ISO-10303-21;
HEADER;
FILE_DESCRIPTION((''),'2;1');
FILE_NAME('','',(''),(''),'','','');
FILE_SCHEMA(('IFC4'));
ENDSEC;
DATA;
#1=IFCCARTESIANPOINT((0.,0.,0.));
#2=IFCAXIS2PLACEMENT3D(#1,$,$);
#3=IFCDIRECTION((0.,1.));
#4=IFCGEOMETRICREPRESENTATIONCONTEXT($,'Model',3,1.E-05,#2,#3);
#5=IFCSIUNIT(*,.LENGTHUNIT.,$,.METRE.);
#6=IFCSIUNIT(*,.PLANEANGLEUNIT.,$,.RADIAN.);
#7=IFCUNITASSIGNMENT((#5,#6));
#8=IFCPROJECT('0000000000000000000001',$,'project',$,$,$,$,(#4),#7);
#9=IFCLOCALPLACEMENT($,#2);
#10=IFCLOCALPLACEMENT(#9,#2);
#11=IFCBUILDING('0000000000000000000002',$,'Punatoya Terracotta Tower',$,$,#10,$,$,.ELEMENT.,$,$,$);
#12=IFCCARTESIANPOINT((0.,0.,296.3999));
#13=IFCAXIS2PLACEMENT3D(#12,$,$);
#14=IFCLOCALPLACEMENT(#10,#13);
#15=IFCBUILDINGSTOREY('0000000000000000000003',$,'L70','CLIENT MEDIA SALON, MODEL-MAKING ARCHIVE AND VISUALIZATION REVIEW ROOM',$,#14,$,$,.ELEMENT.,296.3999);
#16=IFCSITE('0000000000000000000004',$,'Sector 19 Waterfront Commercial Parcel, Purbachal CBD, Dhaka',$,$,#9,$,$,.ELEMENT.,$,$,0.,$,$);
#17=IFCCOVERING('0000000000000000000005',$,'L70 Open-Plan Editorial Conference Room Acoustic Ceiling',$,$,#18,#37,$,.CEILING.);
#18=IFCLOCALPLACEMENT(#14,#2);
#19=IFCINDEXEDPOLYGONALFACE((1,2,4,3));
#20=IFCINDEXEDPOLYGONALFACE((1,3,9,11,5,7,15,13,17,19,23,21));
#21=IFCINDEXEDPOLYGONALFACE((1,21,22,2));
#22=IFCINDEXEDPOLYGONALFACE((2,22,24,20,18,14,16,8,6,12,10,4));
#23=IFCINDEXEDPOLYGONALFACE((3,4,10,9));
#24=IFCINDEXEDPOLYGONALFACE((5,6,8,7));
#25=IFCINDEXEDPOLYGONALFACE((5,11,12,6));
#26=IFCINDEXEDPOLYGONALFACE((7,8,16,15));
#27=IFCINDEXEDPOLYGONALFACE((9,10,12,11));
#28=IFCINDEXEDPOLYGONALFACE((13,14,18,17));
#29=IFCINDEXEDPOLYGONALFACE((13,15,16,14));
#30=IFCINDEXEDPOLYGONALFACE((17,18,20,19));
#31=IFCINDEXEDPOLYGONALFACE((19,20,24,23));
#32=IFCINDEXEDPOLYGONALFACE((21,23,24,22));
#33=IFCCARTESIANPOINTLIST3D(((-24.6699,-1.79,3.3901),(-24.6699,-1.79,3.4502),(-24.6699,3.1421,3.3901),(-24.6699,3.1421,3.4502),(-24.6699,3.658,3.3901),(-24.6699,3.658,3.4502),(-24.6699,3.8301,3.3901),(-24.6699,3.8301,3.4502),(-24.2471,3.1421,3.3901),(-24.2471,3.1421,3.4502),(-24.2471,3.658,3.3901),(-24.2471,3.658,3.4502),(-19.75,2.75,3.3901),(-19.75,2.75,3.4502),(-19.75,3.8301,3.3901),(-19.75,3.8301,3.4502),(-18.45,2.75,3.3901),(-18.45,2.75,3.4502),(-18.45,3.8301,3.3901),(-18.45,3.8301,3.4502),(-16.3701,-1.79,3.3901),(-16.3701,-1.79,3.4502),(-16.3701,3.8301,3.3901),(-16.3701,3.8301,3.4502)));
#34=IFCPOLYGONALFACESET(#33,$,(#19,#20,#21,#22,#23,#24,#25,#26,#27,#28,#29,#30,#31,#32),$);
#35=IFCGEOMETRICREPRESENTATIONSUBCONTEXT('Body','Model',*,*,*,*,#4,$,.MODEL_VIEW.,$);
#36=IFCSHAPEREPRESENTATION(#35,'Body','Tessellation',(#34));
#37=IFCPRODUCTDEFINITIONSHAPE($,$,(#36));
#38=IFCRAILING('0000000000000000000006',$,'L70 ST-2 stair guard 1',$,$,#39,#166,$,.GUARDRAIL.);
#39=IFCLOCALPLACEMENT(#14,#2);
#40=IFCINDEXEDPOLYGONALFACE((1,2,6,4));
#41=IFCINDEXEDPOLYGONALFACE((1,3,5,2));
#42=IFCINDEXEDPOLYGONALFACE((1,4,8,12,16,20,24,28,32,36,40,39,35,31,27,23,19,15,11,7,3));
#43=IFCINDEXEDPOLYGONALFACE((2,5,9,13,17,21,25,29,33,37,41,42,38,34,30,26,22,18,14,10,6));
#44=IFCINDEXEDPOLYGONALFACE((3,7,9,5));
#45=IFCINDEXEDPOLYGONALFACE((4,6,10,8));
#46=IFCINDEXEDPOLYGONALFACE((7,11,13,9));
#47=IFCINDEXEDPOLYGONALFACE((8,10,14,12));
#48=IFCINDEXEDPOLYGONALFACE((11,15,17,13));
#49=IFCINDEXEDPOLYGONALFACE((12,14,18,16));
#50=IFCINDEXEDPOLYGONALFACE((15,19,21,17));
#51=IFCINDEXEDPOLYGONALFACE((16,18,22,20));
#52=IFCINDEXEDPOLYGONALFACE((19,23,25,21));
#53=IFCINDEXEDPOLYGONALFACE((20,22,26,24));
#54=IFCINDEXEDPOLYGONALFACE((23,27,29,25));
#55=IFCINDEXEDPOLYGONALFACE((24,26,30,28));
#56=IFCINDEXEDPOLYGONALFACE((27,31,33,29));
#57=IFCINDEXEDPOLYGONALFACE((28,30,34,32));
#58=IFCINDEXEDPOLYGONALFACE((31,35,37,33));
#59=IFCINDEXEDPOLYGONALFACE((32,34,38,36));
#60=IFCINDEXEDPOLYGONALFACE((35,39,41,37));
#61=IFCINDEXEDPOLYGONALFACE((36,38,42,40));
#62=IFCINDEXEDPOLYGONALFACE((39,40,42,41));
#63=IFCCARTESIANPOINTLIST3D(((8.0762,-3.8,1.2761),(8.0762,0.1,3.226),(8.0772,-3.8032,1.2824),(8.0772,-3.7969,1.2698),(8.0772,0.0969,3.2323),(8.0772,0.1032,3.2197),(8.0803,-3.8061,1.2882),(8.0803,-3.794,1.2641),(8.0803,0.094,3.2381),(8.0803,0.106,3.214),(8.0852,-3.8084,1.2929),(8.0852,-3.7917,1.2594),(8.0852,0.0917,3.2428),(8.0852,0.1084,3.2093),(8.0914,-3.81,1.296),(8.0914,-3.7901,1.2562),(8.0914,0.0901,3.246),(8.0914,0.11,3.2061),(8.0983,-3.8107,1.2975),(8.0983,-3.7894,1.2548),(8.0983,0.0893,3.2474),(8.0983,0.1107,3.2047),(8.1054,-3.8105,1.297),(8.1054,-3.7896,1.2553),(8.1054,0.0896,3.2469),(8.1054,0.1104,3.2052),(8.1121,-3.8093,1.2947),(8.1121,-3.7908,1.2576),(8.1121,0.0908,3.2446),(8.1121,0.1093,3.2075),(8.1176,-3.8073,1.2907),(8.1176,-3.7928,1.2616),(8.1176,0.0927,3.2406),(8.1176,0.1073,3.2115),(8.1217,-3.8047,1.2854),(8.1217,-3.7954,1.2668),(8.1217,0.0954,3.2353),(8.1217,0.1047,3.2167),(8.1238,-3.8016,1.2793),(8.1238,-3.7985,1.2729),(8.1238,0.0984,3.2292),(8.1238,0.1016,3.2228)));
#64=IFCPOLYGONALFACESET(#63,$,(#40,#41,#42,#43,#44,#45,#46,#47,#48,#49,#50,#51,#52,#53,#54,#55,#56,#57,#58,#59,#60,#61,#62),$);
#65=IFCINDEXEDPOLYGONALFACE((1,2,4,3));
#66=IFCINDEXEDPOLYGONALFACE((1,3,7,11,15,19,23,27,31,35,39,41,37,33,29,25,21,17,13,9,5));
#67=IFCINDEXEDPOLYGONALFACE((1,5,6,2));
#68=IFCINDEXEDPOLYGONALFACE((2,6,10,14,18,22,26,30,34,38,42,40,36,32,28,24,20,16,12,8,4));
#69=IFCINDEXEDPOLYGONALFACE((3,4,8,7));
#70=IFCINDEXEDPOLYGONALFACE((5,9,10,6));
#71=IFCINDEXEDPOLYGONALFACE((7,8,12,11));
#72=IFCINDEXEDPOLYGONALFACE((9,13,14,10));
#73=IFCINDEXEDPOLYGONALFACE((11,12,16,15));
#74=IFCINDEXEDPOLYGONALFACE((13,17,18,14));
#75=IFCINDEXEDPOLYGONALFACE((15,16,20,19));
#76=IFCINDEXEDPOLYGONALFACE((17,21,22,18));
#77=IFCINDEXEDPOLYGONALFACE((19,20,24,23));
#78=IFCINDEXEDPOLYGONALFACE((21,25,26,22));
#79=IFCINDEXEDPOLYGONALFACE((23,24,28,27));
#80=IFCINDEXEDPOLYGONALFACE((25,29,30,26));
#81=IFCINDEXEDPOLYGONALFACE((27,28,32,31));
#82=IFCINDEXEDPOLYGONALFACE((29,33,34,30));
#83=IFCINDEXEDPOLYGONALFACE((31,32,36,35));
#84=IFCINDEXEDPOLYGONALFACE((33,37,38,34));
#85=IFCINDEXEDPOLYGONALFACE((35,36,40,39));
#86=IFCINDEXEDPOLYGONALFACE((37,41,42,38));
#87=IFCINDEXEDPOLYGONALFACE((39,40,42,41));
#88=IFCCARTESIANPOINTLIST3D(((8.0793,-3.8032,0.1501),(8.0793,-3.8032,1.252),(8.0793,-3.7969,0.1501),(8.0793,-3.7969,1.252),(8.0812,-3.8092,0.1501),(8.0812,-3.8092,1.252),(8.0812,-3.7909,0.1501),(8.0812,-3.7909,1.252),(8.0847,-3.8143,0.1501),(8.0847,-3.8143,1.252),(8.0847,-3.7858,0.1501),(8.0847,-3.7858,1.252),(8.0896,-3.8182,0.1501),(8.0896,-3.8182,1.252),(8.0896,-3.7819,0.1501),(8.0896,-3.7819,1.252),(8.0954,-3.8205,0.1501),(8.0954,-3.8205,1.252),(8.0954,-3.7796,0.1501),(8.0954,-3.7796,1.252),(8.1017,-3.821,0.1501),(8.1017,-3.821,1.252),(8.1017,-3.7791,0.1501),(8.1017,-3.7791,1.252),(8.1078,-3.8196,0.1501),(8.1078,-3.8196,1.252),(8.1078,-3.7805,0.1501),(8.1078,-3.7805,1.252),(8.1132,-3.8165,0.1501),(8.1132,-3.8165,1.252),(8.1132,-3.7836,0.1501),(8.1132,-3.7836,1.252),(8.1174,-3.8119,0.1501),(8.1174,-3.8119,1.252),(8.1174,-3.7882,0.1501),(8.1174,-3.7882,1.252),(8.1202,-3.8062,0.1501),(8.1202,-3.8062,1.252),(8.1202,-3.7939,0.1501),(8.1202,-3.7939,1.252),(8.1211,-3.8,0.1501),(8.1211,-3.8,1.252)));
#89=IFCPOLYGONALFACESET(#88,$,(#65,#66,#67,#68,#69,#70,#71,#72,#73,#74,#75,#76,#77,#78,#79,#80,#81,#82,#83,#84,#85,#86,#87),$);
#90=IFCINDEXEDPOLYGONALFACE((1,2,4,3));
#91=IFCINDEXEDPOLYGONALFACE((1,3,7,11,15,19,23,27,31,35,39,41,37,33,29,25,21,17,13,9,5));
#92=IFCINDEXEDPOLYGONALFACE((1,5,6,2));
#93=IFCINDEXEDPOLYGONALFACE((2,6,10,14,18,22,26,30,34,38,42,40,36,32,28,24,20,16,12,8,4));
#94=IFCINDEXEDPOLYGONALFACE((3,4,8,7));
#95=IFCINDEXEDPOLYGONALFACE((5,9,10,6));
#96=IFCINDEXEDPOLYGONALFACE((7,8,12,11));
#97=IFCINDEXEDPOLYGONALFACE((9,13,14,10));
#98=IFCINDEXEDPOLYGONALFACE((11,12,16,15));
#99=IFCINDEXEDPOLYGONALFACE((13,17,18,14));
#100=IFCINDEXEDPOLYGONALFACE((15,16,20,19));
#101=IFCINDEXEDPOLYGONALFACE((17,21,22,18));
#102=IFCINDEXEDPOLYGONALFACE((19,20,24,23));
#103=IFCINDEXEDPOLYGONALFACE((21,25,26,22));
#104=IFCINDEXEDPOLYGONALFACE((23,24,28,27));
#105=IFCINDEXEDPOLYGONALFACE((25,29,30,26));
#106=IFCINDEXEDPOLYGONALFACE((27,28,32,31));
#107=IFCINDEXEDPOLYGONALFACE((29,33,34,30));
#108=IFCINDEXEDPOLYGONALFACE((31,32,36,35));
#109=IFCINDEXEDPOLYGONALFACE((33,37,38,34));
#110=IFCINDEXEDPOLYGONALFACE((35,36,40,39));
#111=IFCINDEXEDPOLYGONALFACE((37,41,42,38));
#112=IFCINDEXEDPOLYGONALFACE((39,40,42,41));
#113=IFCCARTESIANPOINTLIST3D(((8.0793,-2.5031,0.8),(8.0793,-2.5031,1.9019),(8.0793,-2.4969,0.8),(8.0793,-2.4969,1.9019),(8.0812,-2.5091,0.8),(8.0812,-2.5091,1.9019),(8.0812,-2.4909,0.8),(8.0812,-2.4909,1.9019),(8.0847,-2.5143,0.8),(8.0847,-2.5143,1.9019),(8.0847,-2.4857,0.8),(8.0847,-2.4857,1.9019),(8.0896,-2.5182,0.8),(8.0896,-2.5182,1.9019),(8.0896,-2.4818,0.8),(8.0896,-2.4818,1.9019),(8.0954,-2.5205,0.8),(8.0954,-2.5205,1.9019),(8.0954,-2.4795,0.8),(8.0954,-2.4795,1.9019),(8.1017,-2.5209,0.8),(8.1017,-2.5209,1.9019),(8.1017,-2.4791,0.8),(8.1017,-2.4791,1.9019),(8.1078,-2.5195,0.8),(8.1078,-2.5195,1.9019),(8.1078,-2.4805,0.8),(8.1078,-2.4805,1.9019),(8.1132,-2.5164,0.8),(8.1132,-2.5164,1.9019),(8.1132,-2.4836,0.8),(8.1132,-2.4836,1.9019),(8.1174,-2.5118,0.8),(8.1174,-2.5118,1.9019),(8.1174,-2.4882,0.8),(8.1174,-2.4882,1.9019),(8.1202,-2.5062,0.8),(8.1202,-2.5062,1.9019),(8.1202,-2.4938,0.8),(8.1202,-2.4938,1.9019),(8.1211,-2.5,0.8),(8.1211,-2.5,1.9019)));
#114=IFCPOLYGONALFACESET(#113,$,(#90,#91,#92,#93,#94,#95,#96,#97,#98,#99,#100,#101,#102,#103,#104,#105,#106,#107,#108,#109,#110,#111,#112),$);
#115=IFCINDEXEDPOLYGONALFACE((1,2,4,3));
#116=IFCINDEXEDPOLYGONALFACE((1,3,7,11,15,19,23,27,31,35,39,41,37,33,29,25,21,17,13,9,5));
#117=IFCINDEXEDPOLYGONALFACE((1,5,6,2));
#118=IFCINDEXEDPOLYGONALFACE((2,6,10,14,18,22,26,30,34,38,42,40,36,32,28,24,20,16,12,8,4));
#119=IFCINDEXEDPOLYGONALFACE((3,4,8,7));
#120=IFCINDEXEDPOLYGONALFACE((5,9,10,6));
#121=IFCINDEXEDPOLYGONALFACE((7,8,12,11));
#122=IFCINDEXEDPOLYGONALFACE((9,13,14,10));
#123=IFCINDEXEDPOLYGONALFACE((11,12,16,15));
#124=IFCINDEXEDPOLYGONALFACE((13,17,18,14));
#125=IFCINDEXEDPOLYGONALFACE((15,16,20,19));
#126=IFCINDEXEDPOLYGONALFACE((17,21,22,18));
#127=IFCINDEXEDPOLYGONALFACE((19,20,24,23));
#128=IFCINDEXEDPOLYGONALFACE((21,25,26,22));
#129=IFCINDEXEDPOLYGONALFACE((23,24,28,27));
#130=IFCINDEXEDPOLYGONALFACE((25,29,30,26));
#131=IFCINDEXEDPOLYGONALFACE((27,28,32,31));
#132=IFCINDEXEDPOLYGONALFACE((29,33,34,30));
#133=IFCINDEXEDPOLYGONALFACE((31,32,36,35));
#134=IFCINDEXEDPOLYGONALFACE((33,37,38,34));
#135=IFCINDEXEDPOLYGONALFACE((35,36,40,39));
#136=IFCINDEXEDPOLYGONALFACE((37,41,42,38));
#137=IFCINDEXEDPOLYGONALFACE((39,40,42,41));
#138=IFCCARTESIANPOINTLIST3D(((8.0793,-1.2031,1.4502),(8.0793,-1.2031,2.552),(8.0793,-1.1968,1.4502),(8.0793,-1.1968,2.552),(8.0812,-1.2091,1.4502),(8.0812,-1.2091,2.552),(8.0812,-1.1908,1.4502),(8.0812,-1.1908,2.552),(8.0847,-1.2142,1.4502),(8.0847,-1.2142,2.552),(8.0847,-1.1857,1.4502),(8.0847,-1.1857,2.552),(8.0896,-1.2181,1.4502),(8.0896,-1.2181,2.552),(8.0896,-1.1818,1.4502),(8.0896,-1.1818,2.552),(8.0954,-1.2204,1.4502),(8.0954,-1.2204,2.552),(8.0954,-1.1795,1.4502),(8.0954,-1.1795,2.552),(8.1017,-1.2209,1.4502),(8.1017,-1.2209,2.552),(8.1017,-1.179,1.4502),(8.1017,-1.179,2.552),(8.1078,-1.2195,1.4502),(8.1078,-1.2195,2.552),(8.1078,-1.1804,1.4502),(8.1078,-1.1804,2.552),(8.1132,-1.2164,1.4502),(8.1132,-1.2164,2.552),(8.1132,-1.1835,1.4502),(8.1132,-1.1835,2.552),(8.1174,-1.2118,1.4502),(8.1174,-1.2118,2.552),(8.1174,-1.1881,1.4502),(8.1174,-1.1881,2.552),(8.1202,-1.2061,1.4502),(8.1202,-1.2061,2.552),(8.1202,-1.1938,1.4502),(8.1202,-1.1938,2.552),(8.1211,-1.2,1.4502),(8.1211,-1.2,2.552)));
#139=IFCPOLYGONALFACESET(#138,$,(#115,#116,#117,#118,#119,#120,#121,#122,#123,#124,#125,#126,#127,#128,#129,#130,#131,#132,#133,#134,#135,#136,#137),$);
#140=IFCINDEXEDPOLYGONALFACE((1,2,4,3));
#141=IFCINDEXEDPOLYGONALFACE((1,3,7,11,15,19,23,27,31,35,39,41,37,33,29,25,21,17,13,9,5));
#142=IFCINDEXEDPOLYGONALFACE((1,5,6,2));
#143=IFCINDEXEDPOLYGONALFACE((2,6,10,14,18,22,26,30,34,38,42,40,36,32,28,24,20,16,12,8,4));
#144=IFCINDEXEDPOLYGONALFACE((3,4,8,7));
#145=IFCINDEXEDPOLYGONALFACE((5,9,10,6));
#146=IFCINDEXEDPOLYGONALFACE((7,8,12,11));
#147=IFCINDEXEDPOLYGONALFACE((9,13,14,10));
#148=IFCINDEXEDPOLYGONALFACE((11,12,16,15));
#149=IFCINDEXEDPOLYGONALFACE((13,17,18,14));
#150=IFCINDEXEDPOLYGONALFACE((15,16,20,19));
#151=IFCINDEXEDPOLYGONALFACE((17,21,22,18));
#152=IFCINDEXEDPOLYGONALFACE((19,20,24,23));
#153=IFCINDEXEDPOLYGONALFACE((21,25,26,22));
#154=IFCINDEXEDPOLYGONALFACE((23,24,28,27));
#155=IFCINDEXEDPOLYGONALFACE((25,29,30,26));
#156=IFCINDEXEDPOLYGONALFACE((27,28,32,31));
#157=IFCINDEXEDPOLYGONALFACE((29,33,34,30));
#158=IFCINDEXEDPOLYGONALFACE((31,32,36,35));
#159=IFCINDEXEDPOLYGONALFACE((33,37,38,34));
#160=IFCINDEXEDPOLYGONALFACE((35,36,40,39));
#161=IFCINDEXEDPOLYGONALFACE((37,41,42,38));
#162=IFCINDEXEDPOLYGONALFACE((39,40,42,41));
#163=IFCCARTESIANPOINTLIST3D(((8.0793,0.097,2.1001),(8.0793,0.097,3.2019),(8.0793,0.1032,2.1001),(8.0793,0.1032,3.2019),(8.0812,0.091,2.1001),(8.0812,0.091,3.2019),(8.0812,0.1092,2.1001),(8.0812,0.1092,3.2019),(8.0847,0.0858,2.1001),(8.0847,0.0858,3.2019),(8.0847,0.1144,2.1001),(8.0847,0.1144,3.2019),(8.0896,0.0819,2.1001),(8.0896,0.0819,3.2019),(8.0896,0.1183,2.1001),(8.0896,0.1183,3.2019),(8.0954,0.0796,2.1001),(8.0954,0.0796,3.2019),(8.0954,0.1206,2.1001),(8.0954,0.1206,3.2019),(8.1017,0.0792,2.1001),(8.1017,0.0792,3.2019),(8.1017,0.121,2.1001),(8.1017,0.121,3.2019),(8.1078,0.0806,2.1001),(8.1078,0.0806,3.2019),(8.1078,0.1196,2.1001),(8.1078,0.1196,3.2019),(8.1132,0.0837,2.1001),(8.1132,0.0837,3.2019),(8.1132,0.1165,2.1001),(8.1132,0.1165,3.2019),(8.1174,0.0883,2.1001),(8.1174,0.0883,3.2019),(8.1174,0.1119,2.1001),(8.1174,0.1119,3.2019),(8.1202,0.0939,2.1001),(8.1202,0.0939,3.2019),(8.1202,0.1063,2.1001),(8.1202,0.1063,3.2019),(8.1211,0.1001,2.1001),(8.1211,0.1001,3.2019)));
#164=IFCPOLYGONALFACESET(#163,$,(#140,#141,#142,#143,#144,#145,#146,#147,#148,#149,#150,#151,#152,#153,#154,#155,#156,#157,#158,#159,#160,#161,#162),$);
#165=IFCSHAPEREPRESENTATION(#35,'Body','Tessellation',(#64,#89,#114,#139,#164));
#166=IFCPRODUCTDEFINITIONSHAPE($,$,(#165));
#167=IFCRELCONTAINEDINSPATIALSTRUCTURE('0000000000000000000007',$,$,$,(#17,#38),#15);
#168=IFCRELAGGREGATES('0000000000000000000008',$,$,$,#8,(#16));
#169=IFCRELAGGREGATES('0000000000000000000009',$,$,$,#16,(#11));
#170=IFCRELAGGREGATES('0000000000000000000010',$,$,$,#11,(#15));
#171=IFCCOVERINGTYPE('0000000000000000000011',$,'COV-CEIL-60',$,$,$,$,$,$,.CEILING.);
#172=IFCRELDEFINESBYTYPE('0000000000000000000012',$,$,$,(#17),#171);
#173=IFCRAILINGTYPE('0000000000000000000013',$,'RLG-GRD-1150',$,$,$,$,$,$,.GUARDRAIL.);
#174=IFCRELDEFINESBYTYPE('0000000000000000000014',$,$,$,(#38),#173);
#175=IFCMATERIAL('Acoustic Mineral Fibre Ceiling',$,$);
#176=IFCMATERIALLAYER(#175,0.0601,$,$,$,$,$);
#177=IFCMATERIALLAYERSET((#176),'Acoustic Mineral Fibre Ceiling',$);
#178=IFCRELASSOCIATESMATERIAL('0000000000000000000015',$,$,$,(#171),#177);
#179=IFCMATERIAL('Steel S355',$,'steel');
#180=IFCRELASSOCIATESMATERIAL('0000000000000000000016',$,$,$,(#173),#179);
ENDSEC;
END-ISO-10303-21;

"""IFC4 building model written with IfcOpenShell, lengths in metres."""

from ifc_helpers import new_model, si_unit, direction, frame, origin, origin_2d, place, context, subcontext, project, spatial, polyline, circle, outline, extrude, material, layer, layer_set, type_object, element, save


model = new_model("IFC4")

# Units and contexts
model_context = context("Model", 3, precision=1e-05, world=origin(), true_north=direction((0.0, 1.0)))
body_context = subcontext(model_context, "Body", "Model", "MODEL_VIEW")
ifc_project = project(units=[si_unit("LENGTHUNIT", "METRE"), si_unit("PLANEANGLEUNIT", "RADIAN")], contexts=[model_context])

# Site, building, storey
site_placement = place(None, origin())
site = spatial("IfcSite", under=ifc_project, at=site_placement, Name="Sector 19 Waterfront Commercial Parcel, Purbachal CBD, Dhaka", CompositionType="ELEMENT", RefElevation=0.0)
building_placement = place(site_placement, origin())
building = spatial("IfcBuilding", under=site, at=building_placement, Name="Punatoya Terracotta Tower", CompositionType="ELEMENT")
storey_placement = place(building_placement, frame((0.0, 0.0, 296.3999)))
storey = spatial("IfcBuildingStorey", under=building, at=storey_placement, Name="L70", Description="CLIENT MEDIA SALON, MODEL-MAKING ARCHIVE AND VISUALIZATION REVIEW ROOM", CompositionType="ELEMENT", Elevation=296.3999)

# Shared definitions
ifc_material_1 = material(Name="Steel S355", Category="steel")

# Covering
ifc_material_2 = material(Name="Acoustic Mineral Fibre Ceiling")
ifc_layer_1 = layer(ifc_material_2, 0.0601)
ifc_layer_set_1 = layer_set([ifc_layer_1], Name="Acoustic Mineral Fibre Ceiling")
covering_type = type_object("IfcCoveringType", Name="COV-CEIL-60", PredefinedType="CEILING", material=ifc_layer_set_1)
covering_1_placement = place(storey_placement, frame((0.0, 0.0, 3.3901)))
element("IfcCovering", 1, at=covering_1_placement, inside=storey, type_object=covering_type, Name="L70 Open-Plan Editorial Conference Room Acoustic Ceiling", PredefinedType="CEILING", context=body_context, shape_type="SweptSolid", body=[
    extrude(outline(polyline([(-24.6699, 3.1421), (-24.6699, -1.79), (-16.3701, -1.79), (-16.3701, 3.8301), (-18.45, 3.8301), (-18.45, 2.75), (-19.75, 2.75), (-19.75, 3.8301), (-24.6699, 3.8301), (-24.6699, 3.658), (-24.2471, 3.658), (-24.2471, 3.1421), (-24.6699, 3.1421)])), origin(), (0.0, 0.0, 1.0), 0.0601),
])

# Railing
railing_type_1 = type_object("IfcRailingType", Name="RLG-GRD-1150", PredefinedType="GUARDRAIL", material=ifc_material_1)
railing_1_placement = place(storey_placement, frame((8.1001, -3.8, 0.1501)))
element("IfcRailing", 2, at=railing_1_placement, inside=storey, type_object=railing_type_1, Name="L70 ST-2 stair guard 1", PredefinedType="GUARDRAIL", context=body_context, shape_type="SweptSolid", body=[
    extrude(circle(Radius=0.0239, at=origin_2d()), frame((0.0, 0.0, 1.126), z_axis=(0.0, 0.894438, 0.447191), x_axis=(-1.0, 0.0, 0.0)), (0.0, 0.0, 1.0), 4.3604),
    extrude(circle(Radius=0.021, at=origin_2d()), origin(), (0.0, 0.0, 1.0), 1.1018),
    extrude(circle(Radius=0.021, at=origin_2d()), frame((0.0, 1.3, 0.6499)), (0.0, 0.0, 1.0), 1.1018),
    extrude(circle(Radius=0.021, at=origin_2d()), frame((0.0, 2.6001, 1.3)), (0.0, 0.0, 1.0), 1.1018),
    extrude(circle(Radius=0.021, at=origin_2d()), frame((0.0, 3.9001, 1.95)), (0.0, 0.0, 1.0), 1.1018),
])

save(model, "model.ifc")
